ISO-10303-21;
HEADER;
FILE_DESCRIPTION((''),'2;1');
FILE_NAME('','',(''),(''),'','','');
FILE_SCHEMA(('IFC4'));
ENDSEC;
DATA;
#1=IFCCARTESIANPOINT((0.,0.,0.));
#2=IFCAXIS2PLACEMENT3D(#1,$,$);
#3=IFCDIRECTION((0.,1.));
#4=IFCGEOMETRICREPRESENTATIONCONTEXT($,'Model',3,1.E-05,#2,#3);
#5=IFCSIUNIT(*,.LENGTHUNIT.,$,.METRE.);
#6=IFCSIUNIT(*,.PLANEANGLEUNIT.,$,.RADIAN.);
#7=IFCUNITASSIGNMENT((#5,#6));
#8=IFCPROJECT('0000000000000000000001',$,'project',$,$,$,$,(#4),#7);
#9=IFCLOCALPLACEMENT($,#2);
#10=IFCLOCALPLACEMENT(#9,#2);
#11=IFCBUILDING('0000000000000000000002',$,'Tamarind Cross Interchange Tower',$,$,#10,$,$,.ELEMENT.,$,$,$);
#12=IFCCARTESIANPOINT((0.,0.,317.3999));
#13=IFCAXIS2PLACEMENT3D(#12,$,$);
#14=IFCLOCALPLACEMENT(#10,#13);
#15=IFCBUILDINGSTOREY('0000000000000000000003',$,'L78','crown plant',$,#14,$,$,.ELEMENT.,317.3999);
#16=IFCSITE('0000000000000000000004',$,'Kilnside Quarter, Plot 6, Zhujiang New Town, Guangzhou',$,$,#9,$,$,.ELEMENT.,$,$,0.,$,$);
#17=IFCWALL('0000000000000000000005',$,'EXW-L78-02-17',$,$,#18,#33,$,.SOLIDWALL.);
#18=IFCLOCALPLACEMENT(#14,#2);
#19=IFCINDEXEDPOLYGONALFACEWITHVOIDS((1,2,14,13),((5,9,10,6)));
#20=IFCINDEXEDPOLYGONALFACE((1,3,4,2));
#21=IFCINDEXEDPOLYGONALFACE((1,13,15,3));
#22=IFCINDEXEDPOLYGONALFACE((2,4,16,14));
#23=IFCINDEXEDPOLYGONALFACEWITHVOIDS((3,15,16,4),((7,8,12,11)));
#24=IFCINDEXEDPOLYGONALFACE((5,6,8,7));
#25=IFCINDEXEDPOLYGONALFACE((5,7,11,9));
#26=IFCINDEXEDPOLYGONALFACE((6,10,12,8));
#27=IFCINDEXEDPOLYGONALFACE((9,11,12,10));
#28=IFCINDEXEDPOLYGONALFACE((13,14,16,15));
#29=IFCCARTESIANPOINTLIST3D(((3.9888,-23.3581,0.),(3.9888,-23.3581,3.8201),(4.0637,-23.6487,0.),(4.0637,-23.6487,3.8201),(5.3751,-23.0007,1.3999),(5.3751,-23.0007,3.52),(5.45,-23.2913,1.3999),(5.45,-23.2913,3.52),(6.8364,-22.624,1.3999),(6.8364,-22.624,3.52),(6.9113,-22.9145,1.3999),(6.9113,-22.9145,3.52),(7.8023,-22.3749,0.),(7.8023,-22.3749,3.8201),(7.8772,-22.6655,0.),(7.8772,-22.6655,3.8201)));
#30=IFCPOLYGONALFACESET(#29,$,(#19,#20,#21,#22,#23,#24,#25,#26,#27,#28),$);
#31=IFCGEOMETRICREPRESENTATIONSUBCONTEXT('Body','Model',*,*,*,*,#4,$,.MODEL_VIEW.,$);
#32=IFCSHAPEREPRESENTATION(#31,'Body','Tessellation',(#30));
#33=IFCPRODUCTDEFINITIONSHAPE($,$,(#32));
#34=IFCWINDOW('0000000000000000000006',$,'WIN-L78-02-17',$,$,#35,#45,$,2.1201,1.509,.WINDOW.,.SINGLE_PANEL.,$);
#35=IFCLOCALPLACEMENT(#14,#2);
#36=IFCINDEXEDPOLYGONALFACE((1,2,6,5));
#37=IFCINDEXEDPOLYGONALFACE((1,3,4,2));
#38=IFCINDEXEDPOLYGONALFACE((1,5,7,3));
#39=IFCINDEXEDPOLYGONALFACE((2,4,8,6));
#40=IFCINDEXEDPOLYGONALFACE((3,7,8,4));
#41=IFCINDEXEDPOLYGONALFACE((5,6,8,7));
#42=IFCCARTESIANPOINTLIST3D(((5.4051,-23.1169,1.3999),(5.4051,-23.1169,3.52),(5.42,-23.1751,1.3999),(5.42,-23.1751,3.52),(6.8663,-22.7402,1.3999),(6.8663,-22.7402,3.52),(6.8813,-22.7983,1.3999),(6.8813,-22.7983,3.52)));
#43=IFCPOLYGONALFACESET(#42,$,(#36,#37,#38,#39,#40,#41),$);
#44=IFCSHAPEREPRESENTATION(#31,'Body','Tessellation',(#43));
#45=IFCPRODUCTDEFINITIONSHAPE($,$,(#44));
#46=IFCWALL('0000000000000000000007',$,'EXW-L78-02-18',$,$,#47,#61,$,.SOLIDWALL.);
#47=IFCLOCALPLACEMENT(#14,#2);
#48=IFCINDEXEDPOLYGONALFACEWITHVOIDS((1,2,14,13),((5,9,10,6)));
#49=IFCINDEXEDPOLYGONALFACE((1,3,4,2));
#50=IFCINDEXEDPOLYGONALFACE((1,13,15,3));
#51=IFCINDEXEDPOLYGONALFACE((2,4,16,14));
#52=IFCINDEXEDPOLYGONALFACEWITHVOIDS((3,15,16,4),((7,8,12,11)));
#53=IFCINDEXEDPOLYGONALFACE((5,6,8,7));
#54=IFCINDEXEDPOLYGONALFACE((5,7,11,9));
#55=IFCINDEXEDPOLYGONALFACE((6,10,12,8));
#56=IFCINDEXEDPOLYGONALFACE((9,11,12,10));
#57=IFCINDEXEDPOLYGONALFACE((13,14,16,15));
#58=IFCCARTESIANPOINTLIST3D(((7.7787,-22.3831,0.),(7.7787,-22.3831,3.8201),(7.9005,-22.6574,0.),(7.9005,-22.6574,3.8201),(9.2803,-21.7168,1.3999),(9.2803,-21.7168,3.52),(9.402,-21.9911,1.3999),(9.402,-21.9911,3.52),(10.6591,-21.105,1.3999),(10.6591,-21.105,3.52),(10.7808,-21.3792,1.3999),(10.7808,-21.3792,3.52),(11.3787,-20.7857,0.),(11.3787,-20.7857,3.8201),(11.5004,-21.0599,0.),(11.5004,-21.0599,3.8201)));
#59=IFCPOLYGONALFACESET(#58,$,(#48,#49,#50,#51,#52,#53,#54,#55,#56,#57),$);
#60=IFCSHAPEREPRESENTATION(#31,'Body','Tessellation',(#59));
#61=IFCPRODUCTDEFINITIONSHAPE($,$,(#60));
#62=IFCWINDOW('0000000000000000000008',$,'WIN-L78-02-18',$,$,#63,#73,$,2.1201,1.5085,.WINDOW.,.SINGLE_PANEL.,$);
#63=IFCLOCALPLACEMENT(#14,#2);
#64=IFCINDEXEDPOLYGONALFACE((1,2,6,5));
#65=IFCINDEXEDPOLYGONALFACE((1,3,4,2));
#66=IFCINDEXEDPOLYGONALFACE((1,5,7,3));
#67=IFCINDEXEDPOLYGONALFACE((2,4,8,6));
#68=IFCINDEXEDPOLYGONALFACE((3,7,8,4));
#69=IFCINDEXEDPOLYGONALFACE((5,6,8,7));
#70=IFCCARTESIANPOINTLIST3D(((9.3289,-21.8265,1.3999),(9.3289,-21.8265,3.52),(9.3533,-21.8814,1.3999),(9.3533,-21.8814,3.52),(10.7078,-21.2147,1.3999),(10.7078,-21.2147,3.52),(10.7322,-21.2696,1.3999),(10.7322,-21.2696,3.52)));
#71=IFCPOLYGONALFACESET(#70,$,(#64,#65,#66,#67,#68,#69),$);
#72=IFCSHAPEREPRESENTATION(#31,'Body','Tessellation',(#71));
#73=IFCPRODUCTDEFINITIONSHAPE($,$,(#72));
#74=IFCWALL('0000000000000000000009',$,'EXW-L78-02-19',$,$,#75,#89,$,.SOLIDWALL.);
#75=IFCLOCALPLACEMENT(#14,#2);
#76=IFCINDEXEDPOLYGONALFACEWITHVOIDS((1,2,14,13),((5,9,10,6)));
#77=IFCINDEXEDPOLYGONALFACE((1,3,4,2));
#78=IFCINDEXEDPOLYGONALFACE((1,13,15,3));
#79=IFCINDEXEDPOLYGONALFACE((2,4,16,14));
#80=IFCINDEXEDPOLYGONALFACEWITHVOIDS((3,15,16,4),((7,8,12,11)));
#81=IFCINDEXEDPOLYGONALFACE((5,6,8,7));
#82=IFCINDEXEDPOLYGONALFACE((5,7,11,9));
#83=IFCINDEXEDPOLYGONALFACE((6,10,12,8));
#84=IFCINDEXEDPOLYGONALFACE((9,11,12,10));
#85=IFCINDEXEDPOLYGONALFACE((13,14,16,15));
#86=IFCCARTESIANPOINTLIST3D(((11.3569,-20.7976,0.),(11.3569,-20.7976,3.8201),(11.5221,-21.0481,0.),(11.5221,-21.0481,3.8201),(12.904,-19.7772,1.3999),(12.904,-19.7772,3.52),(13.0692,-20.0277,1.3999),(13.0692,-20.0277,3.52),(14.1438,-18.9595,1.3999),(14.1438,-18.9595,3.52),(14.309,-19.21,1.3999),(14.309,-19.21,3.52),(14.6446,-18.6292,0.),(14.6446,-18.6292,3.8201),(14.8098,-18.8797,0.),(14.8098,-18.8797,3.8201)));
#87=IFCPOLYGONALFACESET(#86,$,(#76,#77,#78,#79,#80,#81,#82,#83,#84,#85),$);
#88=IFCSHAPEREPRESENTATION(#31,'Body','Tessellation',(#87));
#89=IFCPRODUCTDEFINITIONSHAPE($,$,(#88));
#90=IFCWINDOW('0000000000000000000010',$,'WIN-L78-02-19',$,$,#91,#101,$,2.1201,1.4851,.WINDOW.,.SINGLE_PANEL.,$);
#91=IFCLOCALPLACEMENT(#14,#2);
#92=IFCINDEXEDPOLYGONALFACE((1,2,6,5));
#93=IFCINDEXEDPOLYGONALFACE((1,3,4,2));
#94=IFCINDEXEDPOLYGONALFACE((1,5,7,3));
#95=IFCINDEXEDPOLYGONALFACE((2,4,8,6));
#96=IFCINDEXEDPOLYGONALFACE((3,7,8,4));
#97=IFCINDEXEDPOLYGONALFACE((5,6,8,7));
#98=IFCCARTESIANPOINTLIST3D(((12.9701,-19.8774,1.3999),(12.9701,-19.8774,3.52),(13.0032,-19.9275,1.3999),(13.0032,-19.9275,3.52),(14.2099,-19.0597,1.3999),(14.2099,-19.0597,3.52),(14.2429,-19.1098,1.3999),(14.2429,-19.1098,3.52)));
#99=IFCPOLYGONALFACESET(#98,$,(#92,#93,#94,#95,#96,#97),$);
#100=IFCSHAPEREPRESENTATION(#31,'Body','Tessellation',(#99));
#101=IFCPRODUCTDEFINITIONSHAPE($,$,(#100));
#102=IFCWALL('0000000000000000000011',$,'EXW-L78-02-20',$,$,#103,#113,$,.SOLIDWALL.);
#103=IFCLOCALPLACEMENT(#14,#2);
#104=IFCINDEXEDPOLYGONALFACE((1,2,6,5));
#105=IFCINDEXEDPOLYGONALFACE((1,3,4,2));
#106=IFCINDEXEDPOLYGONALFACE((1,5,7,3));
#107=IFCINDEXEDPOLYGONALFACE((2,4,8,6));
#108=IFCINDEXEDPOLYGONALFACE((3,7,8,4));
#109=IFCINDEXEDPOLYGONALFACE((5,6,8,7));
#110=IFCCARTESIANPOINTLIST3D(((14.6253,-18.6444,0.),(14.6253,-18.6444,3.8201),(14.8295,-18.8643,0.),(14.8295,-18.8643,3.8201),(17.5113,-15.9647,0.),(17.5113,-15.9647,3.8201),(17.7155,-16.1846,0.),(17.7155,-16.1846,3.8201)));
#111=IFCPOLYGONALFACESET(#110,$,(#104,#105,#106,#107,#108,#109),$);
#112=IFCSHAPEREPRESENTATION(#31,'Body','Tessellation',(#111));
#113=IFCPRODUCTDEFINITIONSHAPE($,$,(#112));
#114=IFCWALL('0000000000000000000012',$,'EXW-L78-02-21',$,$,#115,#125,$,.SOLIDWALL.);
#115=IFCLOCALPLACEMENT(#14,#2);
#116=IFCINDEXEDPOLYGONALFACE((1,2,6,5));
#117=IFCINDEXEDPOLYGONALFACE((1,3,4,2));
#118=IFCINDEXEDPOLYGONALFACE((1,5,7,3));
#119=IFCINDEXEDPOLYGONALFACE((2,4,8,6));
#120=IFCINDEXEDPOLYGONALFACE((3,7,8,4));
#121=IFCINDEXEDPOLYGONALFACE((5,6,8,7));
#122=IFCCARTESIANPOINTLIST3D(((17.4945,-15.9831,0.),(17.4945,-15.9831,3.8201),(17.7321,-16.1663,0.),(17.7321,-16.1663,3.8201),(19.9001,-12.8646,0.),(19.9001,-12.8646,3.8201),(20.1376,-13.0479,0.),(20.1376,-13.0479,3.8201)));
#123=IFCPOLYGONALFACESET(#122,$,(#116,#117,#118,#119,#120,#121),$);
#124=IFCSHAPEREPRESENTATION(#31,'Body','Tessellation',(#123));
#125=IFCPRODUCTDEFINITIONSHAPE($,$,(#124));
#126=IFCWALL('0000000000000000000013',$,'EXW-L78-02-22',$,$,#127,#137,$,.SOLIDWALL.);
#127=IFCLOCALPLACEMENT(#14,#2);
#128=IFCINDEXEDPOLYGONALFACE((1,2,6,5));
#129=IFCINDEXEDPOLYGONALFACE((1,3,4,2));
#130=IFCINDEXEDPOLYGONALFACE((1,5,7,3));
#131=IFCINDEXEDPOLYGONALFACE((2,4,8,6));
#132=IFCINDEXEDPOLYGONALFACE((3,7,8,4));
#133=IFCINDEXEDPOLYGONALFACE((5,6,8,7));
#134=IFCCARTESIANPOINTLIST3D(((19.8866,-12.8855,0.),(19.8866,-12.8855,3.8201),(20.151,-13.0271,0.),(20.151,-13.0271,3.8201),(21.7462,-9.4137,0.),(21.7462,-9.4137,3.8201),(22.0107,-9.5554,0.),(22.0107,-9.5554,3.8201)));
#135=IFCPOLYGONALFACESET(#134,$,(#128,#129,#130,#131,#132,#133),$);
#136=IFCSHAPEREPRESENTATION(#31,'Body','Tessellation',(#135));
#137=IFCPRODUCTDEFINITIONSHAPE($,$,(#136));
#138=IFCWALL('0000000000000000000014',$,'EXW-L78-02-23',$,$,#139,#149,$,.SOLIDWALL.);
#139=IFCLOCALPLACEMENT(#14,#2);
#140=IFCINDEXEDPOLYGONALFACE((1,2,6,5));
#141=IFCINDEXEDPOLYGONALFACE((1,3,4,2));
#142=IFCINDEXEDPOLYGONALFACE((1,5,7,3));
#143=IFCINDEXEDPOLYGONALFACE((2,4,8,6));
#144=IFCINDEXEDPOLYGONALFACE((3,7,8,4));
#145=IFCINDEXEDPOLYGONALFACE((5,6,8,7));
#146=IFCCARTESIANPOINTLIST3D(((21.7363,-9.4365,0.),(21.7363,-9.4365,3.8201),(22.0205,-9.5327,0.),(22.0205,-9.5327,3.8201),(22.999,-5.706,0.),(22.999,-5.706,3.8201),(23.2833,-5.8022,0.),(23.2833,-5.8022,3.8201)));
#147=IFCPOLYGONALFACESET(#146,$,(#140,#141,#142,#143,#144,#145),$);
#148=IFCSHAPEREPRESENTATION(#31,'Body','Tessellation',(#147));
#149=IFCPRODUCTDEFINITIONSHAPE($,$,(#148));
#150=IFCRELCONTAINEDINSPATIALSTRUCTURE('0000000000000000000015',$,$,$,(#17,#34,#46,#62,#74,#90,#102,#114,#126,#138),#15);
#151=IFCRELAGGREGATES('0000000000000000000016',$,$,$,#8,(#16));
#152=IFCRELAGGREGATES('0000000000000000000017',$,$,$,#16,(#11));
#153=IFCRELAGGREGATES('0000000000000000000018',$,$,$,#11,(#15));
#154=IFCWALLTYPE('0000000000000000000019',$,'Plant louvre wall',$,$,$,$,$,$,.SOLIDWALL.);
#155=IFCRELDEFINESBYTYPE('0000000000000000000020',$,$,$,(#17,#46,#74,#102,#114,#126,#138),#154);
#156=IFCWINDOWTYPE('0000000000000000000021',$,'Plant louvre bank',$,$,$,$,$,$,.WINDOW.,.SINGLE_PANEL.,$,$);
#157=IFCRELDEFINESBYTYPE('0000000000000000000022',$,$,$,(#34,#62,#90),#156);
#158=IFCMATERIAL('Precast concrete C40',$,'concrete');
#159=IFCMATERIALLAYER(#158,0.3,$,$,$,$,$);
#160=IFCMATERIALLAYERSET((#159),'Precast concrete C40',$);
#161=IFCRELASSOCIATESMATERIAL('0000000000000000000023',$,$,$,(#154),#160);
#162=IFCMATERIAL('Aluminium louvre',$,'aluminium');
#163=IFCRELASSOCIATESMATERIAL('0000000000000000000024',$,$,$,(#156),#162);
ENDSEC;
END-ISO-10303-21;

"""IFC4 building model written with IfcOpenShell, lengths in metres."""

from ifc_helpers import new_model, si_unit, direction, frame, frame_2d, origin, place, context, subcontext, project, spatial, rectangle, extrude, material, layer, layer_set, type_object, element, fill, save


model = new_model("IFC4")

# Units and contexts
model_context = context("Model", 3, precision=1e-05, world=origin(), true_north=direction((0.0, 1.0)))
body_context = subcontext(model_context, "Body", "Model", "MODEL_VIEW")
ifc_project = project(units=[si_unit("LENGTHUNIT", "METRE"), si_unit("PLANEANGLEUNIT", "RADIAN")], contexts=[model_context])

# Site, building, storey
site_placement = place(None, origin())
site = spatial("IfcSite", under=ifc_project, at=site_placement, Name="Kilnside Quarter, Plot 6, Zhujiang New Town, Guangzhou", CompositionType="ELEMENT", RefElevation=0.0)
building_placement = place(site_placement, origin())
building = spatial("IfcBuilding", under=site, at=building_placement, Name="Tamarind Cross Interchange Tower", CompositionType="ELEMENT")
storey_placement = place(building_placement, frame((0.0, 0.0, 317.3999)))
storey = spatial("IfcBuildingStorey", under=building, at=storey_placement, Name="L78", Description="crown plant", CompositionType="ELEMENT", Elevation=317.3999)

# Walls, openings, windows
ifc_material_1 = material(Name="Precast concrete C40", Category="concrete")
ifc_layer_1 = layer(ifc_material_1, 0.3)
ifc_layer_set_1 = layer_set([ifc_layer_1], Name="Precast concrete C40")
wall_type_1 = type_object("IfcWallType", Name="Plant louvre wall", PredefinedType="SOLIDWALL", material=ifc_layer_set_1)
ifc_material_2 = material(Name="Aluminium louvre", Category="aluminium")
window_type = type_object("IfcWindowType", Name="Plant louvre bank", PartitioningType="SINGLE_PANEL", PredefinedType="WINDOW", material=ifc_material_2)
wall_1_placement = place(storey_placement, frame((4.0261, -23.5034, 0.0), z_axis=(0.0, 0.0, 1.0), x_axis=(0.968337, 0.249647, 0.0)))
wall_1 = element("IfcWall", 1, at=wall_1_placement, inside=storey, type_object=wall_type_1, Name="EXW-L78-02-17", PredefinedType="SOLIDWALL", context=body_context, shape_type="SweptSolid", body=[
    extrude(rectangle(XDim=3.9382, YDim=0.3, at=frame_2d((1.9692, 0.0))), origin(), (0.0, 0.0, 1.0), 3.8201),
])
opening_1_placement = place(wall_1_placement, frame((1.4319, 0.0, 1.3999)))
opening_1 = element("IfcOpeningElement", 2, at=opening_1_placement, cuts=wall_1, PredefinedType="OPENING", context=body_context, shape_type="SweptSolid", body=[
    extrude(rectangle(XDim=1.509, YDim=2.1201, at=frame_2d((0.7544, 1.0601))), frame((0.0, 0.1599, 0.0), z_axis=(0.0, -1.0, 0.0), x_axis=(1.0, 0.0, 0.0)), (0.0, 0.0, 1.0), 0.3201),
])
window_1_placement = place(opening_1_placement, origin())
window_1 = element("IfcWindow", 3, at=window_1_placement, inside=storey, type_object=window_type, Name="WIN-L78-02-17", OverallHeight=2.1201, OverallWidth=1.509, PartitioningType="SINGLE_PANEL", PredefinedType="WINDOW", context=body_context, shape_type="SweptSolid", body=[
    extrude(rectangle(XDim=1.509, YDim=2.1201, at=frame_2d((0.7544, 1.0601))), frame((0.0, 0.03, 0.0), z_axis=(0.0, -1.0, 0.0), x_axis=(1.0, 0.0, 0.0)), (0.0, 0.0, 1.0), 0.0601),
])
fill(opening_1, window_1)
wall_2_placement = place(storey_placement, frame((7.8396, -22.5203, 0.0), z_axis=(0.0, 0.0, 1.0), x_axis=(0.914049, 0.405603, 0.0)))
wall_2 = element("IfcWall", 4, at=wall_2_placement, inside=storey, type_object=wall_type_1, Name="EXW-L78-02-18", PredefinedType="SOLIDWALL", context=body_context, shape_type="SweptSolid", body=[
    extrude(rectangle(XDim=3.9385, YDim=0.3, at=frame_2d((1.9692, 0.0))), origin(), (0.0, 0.0, 1.0), 3.8201),
])
opening_2_placement = place(wall_2_placement, frame((1.6426, 0.0, 1.3999)))
opening_2 = element("IfcOpeningElement", 5, at=opening_2_placement, cuts=wall_2, PredefinedType="OPENING", context=body_context, shape_type="SweptSolid", body=[
    extrude(rectangle(XDim=1.5085, YDim=2.1201, at=frame_2d((0.7544, 1.0601))), frame((0.0, 0.1599, 0.0), z_axis=(0.0, -1.0, 0.0), x_axis=(1.0, 0.0, 0.0)), (0.0, 0.0, 1.0), 0.3201),
])
window_2_placement = place(opening_2_placement, origin())
window_2 = element("IfcWindow", 6, at=window_2_placement, inside=storey, type_object=window_type, Name="WIN-L78-02-18", OverallHeight=2.1201, OverallWidth=1.5085, PartitioningType="SINGLE_PANEL", PredefinedType="WINDOW", context=body_context, shape_type="SweptSolid", body=[
    extrude(rectangle(XDim=1.5085, YDim=2.1201, at=frame_2d((0.7544, 1.0601))), frame((0.0, 0.03, 0.0), z_axis=(0.0, -1.0, 0.0), x_axis=(1.0, 0.0, 0.0)), (0.0, 0.0, 1.0), 0.0601),
])
fill(opening_2, window_2)
wall_3_placement = place(storey_placement, frame((11.4395, -20.9229, 0.0), z_axis=(0.0, 0.0, 1.0), x_axis=(0.834787, 0.550574, 0.0)))
wall_3 = element("IfcWall", 7, at=wall_3_placement, inside=storey, type_object=wall_type_1, Name="EXW-L78-02-19", PredefinedType="SOLIDWALL", context=body_context, shape_type="SweptSolid", body=[
    extrude(rectangle(XDim=3.9385, YDim=0.3, at=frame_2d((1.9692, 0.0))), origin(), (0.0, 0.0, 1.0), 3.8201),
])
opening_3_placement = place(wall_3_placement, frame((1.8533, 0.0, 1.3999)))
opening_3 = element("IfcOpeningElement", 8, at=opening_3_placement, cuts=wall_3, PredefinedType="OPENING", context=body_context, shape_type="SweptSolid", body=[
    extrude(rectangle(XDim=1.4851, YDim=2.1201, at=frame_2d((0.7427, 1.0601))), frame((0.0, 0.1599, 0.0), z_axis=(0.0, -1.0, 0.0), x_axis=(1.0, 0.0, 0.0)), (0.0, 0.0, 1.0), 0.3201),
])
window_3_placement = place(opening_3_placement, origin())
window_3 = element("IfcWindow", 9, at=window_3_placement, inside=storey, type_object=window_type, Name="WIN-L78-02-19", OverallHeight=2.1201, OverallWidth=1.4851, PartitioningType="SINGLE_PANEL", PredefinedType="WINDOW", context=body_context, shape_type="SweptSolid", body=[
    extrude(rectangle(XDim=1.4851, YDim=2.1201, at=frame_2d((0.7427, 1.0601))), frame((0.0, 0.03, 0.0), z_axis=(0.0, -1.0, 0.0), x_axis=(1.0, 0.0, 0.0)), (0.0, 0.0, 1.0), 0.0601),
])
fill(opening_3, window_3)

# Walls
wall_4_placement = place(storey_placement, frame((14.7273, -18.7544, 0.0), z_axis=(0.0, 0.0, 1.0), x_axis=(0.732813, 0.68043, 0.0)))
element("IfcWall", 10, at=wall_4_placement, inside=storey, type_object=wall_type_1, Name="EXW-L78-02-20", PredefinedType="SOLIDWALL", context=body_context, shape_type="SweptSolid", body=[
    extrude(rectangle(XDim=3.9382, YDim=0.3, at=frame_2d((1.9692, 0.0))), origin(), (0.0, 0.0, 1.0), 3.8201),
])
for number, where, z_axis, x_axis, name in (
    (11, (17.6133, -16.0747, 0.0), (0.0, 0.0, 1.0), (0.610786, 0.791796, 0.0), "EXW-L78-02-21"),
    (12, (20.0188, -12.9563, 0.0), (0.0, 0.0, 1.0), (0.47218, 0.881502, 0.0), "EXW-L78-02-22"),
    (13, (21.8784, -9.4846, 0.0), (0.0, 0.0, 1.0), (0.320613, 0.94721, 0.0), "EXW-L78-02-23"),
):
    element("IfcWall", number, at=place(storey_placement, frame(where, z_axis=z_axis, x_axis=x_axis)), inside=storey, type_object=wall_type_1, Name=name, PredefinedType="SOLIDWALL", context=body_context, shape_type="SweptSolid", body=[
        extrude(rectangle(XDim=3.9385, YDim=0.3, at=frame_2d((1.9692, 0.0))), origin(), (0.0, 0.0, 1.0), 3.8201),
    ])

save(model, "model.ifc")
